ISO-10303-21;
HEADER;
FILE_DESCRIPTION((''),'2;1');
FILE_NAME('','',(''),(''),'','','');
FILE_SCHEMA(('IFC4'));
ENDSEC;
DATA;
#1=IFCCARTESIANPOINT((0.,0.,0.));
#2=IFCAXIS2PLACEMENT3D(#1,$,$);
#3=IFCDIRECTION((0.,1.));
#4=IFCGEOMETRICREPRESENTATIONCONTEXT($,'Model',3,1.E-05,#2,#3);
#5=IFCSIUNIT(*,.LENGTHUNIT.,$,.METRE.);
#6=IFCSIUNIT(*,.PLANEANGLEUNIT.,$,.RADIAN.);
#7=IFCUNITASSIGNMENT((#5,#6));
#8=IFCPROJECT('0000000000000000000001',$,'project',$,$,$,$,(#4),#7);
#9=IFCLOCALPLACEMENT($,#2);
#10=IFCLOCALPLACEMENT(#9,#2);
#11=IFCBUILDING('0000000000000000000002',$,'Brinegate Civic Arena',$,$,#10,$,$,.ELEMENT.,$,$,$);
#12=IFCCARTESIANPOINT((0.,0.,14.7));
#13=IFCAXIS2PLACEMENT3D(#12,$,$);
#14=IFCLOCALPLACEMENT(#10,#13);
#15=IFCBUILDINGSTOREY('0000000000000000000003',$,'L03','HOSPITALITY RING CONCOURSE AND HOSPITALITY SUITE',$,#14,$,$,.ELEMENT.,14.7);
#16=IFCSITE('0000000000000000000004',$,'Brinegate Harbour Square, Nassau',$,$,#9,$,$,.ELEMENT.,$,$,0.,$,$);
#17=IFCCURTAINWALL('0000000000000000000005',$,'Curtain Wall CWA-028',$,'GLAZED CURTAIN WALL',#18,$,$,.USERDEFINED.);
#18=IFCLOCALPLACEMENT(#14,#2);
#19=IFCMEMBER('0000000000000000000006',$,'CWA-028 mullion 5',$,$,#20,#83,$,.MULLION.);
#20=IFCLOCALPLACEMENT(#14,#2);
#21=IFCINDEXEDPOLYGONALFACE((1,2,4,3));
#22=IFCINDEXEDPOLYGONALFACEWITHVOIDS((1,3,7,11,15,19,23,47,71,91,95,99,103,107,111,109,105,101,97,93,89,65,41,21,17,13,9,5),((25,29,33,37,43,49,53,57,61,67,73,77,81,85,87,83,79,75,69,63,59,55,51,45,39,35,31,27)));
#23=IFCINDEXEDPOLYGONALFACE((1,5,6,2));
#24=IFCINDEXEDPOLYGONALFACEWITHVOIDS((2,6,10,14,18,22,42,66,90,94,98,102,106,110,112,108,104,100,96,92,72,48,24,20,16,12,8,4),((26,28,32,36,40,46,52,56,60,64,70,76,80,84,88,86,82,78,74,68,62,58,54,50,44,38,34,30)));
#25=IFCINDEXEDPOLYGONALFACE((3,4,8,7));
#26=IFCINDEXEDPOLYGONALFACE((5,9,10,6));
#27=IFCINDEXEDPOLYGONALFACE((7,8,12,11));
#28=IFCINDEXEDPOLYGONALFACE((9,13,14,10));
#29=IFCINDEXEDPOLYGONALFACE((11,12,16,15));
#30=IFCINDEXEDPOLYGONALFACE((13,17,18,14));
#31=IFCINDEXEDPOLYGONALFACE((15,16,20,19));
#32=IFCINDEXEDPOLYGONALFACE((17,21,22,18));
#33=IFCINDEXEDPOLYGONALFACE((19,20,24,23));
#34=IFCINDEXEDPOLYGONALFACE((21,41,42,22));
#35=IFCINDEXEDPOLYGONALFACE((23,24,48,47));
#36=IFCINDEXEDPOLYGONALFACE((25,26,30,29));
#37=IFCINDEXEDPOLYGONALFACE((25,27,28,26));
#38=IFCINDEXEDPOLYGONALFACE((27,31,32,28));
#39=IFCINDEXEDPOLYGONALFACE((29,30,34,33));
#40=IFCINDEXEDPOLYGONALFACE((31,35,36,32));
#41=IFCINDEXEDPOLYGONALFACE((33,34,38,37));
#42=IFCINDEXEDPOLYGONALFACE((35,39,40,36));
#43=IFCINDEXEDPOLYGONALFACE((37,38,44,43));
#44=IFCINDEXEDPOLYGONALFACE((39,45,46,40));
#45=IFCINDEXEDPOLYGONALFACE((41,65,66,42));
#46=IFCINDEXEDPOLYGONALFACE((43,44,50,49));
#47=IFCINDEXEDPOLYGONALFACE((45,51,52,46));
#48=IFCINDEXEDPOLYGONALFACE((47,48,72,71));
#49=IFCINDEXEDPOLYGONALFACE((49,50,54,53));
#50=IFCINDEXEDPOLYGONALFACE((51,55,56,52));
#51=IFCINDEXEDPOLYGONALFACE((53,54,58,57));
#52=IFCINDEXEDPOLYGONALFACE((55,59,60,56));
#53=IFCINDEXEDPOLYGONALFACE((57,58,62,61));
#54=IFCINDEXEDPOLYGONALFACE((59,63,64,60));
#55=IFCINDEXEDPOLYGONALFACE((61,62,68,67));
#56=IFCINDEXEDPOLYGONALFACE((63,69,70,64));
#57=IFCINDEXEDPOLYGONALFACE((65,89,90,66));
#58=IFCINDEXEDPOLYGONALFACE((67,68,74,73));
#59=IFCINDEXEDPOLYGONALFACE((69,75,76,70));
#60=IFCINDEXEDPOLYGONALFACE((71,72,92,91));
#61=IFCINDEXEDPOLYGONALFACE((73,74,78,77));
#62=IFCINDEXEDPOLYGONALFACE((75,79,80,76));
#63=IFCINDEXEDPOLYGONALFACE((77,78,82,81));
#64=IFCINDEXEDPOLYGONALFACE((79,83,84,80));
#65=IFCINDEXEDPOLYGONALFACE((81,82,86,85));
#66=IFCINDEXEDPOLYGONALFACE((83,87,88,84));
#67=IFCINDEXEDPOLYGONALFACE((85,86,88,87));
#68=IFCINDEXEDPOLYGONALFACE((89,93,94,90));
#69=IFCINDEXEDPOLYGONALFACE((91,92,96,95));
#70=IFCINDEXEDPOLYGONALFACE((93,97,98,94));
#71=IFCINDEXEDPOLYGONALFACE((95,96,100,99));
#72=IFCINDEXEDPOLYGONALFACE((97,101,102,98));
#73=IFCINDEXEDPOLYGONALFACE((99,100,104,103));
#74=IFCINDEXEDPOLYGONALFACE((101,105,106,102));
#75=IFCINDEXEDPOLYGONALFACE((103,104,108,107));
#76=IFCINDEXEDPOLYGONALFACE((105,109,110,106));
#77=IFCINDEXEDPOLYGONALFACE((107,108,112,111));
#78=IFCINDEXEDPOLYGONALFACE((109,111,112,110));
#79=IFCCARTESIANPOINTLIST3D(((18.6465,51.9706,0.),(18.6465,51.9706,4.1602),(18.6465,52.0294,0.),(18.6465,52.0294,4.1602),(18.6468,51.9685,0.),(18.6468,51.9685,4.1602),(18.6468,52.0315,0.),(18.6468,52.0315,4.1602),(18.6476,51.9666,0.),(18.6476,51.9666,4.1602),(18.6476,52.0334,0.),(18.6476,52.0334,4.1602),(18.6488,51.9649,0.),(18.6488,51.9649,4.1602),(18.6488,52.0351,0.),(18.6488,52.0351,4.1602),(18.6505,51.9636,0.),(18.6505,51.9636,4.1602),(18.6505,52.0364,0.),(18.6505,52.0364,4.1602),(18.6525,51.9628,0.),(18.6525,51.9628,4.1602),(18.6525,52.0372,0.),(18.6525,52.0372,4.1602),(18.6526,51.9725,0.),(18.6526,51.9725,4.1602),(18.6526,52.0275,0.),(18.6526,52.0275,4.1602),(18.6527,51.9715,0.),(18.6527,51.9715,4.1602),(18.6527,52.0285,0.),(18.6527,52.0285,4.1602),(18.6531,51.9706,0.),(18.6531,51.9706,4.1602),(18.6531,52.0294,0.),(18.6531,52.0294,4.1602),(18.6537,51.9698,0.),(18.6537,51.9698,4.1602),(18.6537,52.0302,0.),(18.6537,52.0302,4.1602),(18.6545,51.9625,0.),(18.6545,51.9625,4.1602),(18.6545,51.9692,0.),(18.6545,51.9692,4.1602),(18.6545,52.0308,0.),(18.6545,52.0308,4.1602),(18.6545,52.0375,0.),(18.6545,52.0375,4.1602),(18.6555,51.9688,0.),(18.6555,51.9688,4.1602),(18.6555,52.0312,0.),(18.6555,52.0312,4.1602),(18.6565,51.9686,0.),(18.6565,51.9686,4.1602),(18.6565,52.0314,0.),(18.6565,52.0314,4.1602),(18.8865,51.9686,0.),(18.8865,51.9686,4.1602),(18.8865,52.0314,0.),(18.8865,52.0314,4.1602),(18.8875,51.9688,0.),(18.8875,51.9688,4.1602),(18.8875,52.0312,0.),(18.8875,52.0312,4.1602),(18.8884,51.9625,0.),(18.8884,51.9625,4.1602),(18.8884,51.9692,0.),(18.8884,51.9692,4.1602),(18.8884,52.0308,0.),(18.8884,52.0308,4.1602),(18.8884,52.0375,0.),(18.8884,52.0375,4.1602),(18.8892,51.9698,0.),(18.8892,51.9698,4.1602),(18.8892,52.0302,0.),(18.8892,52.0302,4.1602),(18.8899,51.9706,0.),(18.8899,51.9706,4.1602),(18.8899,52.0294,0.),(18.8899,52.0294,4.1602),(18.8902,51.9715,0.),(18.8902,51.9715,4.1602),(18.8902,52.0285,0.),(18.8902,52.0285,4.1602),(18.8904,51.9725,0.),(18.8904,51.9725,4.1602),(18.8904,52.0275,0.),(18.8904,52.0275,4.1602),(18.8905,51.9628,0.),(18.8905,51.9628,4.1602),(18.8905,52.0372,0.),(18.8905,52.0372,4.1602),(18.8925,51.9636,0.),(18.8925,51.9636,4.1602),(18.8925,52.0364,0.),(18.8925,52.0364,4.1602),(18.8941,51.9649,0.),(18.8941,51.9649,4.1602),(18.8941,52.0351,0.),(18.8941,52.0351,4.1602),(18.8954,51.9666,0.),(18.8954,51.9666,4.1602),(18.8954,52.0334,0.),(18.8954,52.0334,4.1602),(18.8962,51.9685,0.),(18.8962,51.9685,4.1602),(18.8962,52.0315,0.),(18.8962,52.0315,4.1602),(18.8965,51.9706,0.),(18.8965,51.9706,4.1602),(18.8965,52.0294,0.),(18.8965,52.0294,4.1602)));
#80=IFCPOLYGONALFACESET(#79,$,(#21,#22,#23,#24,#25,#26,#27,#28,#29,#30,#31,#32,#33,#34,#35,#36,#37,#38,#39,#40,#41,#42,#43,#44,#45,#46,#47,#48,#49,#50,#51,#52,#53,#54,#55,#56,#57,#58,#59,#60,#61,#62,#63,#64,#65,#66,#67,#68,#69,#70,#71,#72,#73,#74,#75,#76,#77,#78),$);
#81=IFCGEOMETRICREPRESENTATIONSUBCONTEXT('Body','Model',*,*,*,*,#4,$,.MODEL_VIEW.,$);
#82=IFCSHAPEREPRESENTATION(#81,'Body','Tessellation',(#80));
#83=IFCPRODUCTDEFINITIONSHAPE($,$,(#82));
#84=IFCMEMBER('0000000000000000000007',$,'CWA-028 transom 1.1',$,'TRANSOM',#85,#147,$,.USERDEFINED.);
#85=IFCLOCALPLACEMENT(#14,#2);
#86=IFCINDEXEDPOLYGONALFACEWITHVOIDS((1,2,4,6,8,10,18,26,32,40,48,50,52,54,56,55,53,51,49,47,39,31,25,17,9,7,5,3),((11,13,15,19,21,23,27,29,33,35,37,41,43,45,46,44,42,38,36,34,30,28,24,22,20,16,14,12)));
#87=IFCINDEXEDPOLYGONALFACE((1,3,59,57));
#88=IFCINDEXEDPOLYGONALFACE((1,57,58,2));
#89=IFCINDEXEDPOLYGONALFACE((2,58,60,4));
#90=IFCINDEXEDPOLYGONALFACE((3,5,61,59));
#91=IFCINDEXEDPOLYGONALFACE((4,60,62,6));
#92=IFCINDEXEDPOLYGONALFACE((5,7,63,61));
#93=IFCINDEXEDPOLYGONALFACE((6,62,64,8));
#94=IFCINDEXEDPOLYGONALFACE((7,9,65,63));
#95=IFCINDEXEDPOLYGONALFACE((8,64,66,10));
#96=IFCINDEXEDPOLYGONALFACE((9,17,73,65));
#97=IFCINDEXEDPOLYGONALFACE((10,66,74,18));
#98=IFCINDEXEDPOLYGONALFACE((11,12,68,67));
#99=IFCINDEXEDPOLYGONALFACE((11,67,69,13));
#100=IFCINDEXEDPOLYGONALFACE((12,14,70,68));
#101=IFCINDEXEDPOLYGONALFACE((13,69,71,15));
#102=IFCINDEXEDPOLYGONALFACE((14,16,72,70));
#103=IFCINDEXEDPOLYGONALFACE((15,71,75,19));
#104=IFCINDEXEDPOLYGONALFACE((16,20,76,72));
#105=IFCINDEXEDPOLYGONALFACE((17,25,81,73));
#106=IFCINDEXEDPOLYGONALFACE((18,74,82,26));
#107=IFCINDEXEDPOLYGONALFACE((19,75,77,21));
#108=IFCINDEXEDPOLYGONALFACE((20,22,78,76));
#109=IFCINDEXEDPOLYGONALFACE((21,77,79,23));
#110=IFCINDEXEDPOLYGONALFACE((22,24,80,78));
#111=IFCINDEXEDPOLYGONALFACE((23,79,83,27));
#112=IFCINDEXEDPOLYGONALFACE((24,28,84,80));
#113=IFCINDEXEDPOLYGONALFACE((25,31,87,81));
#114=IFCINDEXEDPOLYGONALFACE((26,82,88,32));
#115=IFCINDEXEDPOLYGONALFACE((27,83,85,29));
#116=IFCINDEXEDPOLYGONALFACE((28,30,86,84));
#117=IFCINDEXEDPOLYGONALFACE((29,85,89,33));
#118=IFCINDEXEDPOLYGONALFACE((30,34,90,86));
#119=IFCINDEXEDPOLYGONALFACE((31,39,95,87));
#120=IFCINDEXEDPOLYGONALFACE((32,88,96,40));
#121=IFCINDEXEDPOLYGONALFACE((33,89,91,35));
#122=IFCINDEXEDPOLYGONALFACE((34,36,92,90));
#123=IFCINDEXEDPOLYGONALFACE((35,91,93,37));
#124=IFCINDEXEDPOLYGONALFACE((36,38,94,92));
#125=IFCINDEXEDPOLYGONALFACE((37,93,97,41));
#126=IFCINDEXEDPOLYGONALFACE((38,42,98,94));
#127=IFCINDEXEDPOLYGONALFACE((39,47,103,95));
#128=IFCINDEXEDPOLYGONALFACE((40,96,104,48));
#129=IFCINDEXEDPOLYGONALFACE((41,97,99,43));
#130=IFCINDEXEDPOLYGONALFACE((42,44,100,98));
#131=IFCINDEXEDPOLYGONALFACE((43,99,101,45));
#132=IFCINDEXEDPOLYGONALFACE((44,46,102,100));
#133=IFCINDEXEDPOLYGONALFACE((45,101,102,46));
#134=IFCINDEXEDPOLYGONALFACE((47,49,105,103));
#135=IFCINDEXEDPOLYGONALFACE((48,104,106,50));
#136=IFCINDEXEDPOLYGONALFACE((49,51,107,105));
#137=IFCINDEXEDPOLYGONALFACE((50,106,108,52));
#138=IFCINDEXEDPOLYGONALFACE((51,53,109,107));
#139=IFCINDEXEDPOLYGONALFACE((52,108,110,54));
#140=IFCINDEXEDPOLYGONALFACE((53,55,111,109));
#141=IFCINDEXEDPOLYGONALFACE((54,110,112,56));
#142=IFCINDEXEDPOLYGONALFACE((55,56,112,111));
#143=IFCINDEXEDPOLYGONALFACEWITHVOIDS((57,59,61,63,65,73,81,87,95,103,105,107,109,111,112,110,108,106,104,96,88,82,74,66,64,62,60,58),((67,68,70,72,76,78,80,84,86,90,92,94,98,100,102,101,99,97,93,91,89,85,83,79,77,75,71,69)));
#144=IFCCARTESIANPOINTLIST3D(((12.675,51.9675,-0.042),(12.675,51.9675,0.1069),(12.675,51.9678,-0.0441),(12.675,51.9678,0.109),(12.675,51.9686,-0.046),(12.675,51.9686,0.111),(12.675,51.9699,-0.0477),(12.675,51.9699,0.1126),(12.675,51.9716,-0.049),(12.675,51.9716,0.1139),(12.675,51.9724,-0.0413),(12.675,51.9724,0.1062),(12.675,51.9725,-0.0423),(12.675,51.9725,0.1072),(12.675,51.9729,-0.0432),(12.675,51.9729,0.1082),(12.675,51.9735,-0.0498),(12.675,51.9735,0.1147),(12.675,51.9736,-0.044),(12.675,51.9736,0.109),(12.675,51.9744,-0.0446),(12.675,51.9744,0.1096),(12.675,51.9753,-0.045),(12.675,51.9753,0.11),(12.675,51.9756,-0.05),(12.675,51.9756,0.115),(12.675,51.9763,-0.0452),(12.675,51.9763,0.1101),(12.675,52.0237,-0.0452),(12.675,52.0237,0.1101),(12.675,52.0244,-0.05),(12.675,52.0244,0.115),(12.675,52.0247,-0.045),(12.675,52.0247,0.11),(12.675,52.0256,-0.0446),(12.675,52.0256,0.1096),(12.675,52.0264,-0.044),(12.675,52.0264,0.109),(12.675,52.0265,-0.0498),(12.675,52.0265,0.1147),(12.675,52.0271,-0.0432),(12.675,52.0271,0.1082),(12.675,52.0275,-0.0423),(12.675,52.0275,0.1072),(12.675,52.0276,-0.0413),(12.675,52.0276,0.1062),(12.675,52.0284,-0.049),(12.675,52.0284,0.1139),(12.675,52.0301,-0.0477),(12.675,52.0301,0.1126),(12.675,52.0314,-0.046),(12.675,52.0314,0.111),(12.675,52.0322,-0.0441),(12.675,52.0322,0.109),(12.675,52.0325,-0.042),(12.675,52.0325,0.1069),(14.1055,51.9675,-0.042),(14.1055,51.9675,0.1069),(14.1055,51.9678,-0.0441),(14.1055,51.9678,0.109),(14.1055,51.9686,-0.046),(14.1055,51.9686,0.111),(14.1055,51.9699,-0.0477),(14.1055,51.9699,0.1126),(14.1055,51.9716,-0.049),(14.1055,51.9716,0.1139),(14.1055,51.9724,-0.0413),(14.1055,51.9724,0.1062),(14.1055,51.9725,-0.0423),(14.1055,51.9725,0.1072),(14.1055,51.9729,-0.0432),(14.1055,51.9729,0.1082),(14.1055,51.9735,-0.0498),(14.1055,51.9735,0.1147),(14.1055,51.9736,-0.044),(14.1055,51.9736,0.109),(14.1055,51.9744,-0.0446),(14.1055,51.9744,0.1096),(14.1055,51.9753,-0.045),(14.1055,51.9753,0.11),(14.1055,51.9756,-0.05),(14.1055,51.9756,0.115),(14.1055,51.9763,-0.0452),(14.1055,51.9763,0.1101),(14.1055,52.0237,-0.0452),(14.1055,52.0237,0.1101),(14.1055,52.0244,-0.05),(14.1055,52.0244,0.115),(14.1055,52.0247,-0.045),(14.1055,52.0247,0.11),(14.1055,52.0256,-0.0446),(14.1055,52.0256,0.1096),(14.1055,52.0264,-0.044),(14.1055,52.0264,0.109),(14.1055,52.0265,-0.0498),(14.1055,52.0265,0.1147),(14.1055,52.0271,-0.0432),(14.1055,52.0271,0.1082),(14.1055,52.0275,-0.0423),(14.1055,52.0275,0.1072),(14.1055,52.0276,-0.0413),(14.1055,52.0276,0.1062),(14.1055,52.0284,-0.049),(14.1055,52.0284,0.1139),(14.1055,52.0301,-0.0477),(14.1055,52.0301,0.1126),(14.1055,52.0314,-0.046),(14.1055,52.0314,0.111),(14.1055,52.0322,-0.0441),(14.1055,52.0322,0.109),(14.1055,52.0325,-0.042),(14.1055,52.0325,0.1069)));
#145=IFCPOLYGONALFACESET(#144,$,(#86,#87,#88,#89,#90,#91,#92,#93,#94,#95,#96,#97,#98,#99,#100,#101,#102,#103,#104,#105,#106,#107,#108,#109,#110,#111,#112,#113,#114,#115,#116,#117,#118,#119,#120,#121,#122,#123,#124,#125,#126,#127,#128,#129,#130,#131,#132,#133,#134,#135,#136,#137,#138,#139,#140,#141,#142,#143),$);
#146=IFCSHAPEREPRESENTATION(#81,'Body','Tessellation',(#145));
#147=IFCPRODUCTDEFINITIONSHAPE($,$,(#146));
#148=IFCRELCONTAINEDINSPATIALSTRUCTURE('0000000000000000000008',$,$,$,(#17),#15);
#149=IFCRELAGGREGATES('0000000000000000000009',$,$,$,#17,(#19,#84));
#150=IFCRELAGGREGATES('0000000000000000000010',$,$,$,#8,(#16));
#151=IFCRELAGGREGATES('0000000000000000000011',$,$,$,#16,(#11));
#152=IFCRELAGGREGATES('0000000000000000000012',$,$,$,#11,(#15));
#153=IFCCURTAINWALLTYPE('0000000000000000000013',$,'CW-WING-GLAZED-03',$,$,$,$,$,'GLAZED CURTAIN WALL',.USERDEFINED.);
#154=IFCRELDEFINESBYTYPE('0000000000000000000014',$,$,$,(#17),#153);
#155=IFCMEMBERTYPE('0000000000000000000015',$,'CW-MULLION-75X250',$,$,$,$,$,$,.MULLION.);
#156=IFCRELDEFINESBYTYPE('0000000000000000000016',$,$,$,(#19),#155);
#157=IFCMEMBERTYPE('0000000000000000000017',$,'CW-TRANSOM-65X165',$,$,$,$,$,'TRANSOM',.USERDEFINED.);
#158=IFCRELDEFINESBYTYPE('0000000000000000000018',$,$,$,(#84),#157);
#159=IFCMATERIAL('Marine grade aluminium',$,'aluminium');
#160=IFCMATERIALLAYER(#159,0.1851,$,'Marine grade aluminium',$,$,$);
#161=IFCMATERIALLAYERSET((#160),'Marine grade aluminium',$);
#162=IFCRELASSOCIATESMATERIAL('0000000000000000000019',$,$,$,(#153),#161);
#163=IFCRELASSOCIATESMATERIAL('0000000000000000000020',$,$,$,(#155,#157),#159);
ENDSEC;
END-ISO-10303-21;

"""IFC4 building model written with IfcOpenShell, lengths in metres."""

from ifc_helpers import new_model, si_unit, direction, frame, origin, origin_2d, place, context, subcontext, project, spatial, hollow_rectangle, extrude, material, layer, layer_set, material_profile, profile_set, type_object, element, aggregate, save


model = new_model("IFC4")

# Units and contexts
model_context = context("Model", 3, precision=1e-05, world=origin(), true_north=direction((0.0, 1.0)))
body_context = subcontext(model_context, "Body", "Model", "MODEL_VIEW")
ifc_project = project(units=[si_unit("LENGTHUNIT", "METRE"), si_unit("PLANEANGLEUNIT", "RADIAN")], contexts=[model_context])

# Site, building, storey
site_placement = place(None, origin())
site = spatial("IfcSite", under=ifc_project, at=site_placement, Name="Brinegate Harbour Square, Nassau", CompositionType="ELEMENT", RefElevation=0.0)
building_placement = place(site_placement, origin())
building = spatial("IfcBuilding", under=site, at=building_placement, Name="Brinegate Civic Arena", CompositionType="ELEMENT")
storey_placement = place(building_placement, frame((0.0, 0.0, 14.7)))
storey = spatial("IfcBuildingStorey", under=building, at=storey_placement, Name="L03", Description="HOSPITALITY RING CONCOURSE AND HOSPITALITY SUITE", CompositionType="ELEMENT", Elevation=14.7)

# Curtain wall, members
ifc_material_1 = material(Name="Marine grade aluminium", Category="aluminium")
ifc_layer_1 = layer(ifc_material_1, 0.1851, Name="Marine grade aluminium")
ifc_layer_set_1 = layer_set([ifc_layer_1], Name="Marine grade aluminium")
curtain_wall_type = type_object("IfcCurtainWallType", Name="CW-WING-GLAZED-03", ElementType="GLAZED CURTAIN WALL", PredefinedType="USERDEFINED", material=ifc_layer_set_1)
curtain_wall_placement = place(storey_placement, origin())
curtain_wall = element("IfcCurtainWall", 1, at=curtain_wall_placement, inside=storey, type_object=curtain_wall_type, Name="Curtain Wall CWA-028", ObjectType="GLAZED CURTAIN WALL", PredefinedType="USERDEFINED")
ifc_material_profile_1 = material_profile(ifc_material_1, hollow_rectangle(XDim=0.075, YDim=0.25, WallThickness=0.0061, InnerFilletRadius=0.0039, OuterFilletRadius=0.0081, at=origin_2d()), Name="MUL75X250")
ifc_profile_set_1 = profile_set([ifc_material_profile_1], Name="Marine grade aluminium")
member_type_1 = type_object("IfcMemberType", Name="CW-MULLION-75X250", PredefinedType="MULLION", material=ifc_profile_set_1)
member_1_placement = place(storey_placement, frame((18.7715, 52.0, 0.0), z_axis=(0.0, 0.0, 1.0), x_axis=(0.0, 1.0, 0.0)))
member_1 = element("IfcMember", 2, at=member_1_placement, type_object=member_type_1, Name="CWA-028 mullion 5", PredefinedType="MULLION", context=body_context, shape_type="SweptSolid", body=[
    extrude(hollow_rectangle(XDim=0.075, YDim=0.25, WallThickness=0.0061, InnerFilletRadius=0.0039, OuterFilletRadius=0.0081, at=origin_2d()), origin(), (0.0, 0.0, 1.0), 4.1602),
])
ifc_material_profile_2 = material_profile(ifc_material_1, hollow_rectangle(XDim=0.0649, YDim=0.165, WallThickness=0.0049, InnerFilletRadius=0.0039, OuterFilletRadius=0.0081, at=origin_2d()), Name="TRN65X165")
ifc_profile_set_2 = profile_set([ifc_material_profile_2], Name="Marine grade aluminium")
member_type_2 = type_object("IfcMemberType", Name="CW-TRANSOM-65X165", ElementType="TRANSOM", PredefinedType="USERDEFINED", material=ifc_profile_set_2)
member_2_placement = place(storey_placement, frame((12.675, 52.0, 0.0325), z_axis=(1.0, 0.0, 0.0), x_axis=(0.0, 1.0, 0.0)))
member_2 = element("IfcMember", 3, at=member_2_placement, type_object=member_type_2, Name="CWA-028 transom 1.1", ObjectType="TRANSOM", PredefinedType="USERDEFINED", context=body_context, shape_type="SweptSolid", body=[
    extrude(hollow_rectangle(XDim=0.0649, YDim=0.165, WallThickness=0.0049, InnerFilletRadius=0.0039, OuterFilletRadius=0.0081, at=origin_2d()), origin(), (0.0, 0.0, 1.0), 1.4304),
])

aggregate(curtain_wall, [member_1, member_2])

save(model, "model.ifc")
